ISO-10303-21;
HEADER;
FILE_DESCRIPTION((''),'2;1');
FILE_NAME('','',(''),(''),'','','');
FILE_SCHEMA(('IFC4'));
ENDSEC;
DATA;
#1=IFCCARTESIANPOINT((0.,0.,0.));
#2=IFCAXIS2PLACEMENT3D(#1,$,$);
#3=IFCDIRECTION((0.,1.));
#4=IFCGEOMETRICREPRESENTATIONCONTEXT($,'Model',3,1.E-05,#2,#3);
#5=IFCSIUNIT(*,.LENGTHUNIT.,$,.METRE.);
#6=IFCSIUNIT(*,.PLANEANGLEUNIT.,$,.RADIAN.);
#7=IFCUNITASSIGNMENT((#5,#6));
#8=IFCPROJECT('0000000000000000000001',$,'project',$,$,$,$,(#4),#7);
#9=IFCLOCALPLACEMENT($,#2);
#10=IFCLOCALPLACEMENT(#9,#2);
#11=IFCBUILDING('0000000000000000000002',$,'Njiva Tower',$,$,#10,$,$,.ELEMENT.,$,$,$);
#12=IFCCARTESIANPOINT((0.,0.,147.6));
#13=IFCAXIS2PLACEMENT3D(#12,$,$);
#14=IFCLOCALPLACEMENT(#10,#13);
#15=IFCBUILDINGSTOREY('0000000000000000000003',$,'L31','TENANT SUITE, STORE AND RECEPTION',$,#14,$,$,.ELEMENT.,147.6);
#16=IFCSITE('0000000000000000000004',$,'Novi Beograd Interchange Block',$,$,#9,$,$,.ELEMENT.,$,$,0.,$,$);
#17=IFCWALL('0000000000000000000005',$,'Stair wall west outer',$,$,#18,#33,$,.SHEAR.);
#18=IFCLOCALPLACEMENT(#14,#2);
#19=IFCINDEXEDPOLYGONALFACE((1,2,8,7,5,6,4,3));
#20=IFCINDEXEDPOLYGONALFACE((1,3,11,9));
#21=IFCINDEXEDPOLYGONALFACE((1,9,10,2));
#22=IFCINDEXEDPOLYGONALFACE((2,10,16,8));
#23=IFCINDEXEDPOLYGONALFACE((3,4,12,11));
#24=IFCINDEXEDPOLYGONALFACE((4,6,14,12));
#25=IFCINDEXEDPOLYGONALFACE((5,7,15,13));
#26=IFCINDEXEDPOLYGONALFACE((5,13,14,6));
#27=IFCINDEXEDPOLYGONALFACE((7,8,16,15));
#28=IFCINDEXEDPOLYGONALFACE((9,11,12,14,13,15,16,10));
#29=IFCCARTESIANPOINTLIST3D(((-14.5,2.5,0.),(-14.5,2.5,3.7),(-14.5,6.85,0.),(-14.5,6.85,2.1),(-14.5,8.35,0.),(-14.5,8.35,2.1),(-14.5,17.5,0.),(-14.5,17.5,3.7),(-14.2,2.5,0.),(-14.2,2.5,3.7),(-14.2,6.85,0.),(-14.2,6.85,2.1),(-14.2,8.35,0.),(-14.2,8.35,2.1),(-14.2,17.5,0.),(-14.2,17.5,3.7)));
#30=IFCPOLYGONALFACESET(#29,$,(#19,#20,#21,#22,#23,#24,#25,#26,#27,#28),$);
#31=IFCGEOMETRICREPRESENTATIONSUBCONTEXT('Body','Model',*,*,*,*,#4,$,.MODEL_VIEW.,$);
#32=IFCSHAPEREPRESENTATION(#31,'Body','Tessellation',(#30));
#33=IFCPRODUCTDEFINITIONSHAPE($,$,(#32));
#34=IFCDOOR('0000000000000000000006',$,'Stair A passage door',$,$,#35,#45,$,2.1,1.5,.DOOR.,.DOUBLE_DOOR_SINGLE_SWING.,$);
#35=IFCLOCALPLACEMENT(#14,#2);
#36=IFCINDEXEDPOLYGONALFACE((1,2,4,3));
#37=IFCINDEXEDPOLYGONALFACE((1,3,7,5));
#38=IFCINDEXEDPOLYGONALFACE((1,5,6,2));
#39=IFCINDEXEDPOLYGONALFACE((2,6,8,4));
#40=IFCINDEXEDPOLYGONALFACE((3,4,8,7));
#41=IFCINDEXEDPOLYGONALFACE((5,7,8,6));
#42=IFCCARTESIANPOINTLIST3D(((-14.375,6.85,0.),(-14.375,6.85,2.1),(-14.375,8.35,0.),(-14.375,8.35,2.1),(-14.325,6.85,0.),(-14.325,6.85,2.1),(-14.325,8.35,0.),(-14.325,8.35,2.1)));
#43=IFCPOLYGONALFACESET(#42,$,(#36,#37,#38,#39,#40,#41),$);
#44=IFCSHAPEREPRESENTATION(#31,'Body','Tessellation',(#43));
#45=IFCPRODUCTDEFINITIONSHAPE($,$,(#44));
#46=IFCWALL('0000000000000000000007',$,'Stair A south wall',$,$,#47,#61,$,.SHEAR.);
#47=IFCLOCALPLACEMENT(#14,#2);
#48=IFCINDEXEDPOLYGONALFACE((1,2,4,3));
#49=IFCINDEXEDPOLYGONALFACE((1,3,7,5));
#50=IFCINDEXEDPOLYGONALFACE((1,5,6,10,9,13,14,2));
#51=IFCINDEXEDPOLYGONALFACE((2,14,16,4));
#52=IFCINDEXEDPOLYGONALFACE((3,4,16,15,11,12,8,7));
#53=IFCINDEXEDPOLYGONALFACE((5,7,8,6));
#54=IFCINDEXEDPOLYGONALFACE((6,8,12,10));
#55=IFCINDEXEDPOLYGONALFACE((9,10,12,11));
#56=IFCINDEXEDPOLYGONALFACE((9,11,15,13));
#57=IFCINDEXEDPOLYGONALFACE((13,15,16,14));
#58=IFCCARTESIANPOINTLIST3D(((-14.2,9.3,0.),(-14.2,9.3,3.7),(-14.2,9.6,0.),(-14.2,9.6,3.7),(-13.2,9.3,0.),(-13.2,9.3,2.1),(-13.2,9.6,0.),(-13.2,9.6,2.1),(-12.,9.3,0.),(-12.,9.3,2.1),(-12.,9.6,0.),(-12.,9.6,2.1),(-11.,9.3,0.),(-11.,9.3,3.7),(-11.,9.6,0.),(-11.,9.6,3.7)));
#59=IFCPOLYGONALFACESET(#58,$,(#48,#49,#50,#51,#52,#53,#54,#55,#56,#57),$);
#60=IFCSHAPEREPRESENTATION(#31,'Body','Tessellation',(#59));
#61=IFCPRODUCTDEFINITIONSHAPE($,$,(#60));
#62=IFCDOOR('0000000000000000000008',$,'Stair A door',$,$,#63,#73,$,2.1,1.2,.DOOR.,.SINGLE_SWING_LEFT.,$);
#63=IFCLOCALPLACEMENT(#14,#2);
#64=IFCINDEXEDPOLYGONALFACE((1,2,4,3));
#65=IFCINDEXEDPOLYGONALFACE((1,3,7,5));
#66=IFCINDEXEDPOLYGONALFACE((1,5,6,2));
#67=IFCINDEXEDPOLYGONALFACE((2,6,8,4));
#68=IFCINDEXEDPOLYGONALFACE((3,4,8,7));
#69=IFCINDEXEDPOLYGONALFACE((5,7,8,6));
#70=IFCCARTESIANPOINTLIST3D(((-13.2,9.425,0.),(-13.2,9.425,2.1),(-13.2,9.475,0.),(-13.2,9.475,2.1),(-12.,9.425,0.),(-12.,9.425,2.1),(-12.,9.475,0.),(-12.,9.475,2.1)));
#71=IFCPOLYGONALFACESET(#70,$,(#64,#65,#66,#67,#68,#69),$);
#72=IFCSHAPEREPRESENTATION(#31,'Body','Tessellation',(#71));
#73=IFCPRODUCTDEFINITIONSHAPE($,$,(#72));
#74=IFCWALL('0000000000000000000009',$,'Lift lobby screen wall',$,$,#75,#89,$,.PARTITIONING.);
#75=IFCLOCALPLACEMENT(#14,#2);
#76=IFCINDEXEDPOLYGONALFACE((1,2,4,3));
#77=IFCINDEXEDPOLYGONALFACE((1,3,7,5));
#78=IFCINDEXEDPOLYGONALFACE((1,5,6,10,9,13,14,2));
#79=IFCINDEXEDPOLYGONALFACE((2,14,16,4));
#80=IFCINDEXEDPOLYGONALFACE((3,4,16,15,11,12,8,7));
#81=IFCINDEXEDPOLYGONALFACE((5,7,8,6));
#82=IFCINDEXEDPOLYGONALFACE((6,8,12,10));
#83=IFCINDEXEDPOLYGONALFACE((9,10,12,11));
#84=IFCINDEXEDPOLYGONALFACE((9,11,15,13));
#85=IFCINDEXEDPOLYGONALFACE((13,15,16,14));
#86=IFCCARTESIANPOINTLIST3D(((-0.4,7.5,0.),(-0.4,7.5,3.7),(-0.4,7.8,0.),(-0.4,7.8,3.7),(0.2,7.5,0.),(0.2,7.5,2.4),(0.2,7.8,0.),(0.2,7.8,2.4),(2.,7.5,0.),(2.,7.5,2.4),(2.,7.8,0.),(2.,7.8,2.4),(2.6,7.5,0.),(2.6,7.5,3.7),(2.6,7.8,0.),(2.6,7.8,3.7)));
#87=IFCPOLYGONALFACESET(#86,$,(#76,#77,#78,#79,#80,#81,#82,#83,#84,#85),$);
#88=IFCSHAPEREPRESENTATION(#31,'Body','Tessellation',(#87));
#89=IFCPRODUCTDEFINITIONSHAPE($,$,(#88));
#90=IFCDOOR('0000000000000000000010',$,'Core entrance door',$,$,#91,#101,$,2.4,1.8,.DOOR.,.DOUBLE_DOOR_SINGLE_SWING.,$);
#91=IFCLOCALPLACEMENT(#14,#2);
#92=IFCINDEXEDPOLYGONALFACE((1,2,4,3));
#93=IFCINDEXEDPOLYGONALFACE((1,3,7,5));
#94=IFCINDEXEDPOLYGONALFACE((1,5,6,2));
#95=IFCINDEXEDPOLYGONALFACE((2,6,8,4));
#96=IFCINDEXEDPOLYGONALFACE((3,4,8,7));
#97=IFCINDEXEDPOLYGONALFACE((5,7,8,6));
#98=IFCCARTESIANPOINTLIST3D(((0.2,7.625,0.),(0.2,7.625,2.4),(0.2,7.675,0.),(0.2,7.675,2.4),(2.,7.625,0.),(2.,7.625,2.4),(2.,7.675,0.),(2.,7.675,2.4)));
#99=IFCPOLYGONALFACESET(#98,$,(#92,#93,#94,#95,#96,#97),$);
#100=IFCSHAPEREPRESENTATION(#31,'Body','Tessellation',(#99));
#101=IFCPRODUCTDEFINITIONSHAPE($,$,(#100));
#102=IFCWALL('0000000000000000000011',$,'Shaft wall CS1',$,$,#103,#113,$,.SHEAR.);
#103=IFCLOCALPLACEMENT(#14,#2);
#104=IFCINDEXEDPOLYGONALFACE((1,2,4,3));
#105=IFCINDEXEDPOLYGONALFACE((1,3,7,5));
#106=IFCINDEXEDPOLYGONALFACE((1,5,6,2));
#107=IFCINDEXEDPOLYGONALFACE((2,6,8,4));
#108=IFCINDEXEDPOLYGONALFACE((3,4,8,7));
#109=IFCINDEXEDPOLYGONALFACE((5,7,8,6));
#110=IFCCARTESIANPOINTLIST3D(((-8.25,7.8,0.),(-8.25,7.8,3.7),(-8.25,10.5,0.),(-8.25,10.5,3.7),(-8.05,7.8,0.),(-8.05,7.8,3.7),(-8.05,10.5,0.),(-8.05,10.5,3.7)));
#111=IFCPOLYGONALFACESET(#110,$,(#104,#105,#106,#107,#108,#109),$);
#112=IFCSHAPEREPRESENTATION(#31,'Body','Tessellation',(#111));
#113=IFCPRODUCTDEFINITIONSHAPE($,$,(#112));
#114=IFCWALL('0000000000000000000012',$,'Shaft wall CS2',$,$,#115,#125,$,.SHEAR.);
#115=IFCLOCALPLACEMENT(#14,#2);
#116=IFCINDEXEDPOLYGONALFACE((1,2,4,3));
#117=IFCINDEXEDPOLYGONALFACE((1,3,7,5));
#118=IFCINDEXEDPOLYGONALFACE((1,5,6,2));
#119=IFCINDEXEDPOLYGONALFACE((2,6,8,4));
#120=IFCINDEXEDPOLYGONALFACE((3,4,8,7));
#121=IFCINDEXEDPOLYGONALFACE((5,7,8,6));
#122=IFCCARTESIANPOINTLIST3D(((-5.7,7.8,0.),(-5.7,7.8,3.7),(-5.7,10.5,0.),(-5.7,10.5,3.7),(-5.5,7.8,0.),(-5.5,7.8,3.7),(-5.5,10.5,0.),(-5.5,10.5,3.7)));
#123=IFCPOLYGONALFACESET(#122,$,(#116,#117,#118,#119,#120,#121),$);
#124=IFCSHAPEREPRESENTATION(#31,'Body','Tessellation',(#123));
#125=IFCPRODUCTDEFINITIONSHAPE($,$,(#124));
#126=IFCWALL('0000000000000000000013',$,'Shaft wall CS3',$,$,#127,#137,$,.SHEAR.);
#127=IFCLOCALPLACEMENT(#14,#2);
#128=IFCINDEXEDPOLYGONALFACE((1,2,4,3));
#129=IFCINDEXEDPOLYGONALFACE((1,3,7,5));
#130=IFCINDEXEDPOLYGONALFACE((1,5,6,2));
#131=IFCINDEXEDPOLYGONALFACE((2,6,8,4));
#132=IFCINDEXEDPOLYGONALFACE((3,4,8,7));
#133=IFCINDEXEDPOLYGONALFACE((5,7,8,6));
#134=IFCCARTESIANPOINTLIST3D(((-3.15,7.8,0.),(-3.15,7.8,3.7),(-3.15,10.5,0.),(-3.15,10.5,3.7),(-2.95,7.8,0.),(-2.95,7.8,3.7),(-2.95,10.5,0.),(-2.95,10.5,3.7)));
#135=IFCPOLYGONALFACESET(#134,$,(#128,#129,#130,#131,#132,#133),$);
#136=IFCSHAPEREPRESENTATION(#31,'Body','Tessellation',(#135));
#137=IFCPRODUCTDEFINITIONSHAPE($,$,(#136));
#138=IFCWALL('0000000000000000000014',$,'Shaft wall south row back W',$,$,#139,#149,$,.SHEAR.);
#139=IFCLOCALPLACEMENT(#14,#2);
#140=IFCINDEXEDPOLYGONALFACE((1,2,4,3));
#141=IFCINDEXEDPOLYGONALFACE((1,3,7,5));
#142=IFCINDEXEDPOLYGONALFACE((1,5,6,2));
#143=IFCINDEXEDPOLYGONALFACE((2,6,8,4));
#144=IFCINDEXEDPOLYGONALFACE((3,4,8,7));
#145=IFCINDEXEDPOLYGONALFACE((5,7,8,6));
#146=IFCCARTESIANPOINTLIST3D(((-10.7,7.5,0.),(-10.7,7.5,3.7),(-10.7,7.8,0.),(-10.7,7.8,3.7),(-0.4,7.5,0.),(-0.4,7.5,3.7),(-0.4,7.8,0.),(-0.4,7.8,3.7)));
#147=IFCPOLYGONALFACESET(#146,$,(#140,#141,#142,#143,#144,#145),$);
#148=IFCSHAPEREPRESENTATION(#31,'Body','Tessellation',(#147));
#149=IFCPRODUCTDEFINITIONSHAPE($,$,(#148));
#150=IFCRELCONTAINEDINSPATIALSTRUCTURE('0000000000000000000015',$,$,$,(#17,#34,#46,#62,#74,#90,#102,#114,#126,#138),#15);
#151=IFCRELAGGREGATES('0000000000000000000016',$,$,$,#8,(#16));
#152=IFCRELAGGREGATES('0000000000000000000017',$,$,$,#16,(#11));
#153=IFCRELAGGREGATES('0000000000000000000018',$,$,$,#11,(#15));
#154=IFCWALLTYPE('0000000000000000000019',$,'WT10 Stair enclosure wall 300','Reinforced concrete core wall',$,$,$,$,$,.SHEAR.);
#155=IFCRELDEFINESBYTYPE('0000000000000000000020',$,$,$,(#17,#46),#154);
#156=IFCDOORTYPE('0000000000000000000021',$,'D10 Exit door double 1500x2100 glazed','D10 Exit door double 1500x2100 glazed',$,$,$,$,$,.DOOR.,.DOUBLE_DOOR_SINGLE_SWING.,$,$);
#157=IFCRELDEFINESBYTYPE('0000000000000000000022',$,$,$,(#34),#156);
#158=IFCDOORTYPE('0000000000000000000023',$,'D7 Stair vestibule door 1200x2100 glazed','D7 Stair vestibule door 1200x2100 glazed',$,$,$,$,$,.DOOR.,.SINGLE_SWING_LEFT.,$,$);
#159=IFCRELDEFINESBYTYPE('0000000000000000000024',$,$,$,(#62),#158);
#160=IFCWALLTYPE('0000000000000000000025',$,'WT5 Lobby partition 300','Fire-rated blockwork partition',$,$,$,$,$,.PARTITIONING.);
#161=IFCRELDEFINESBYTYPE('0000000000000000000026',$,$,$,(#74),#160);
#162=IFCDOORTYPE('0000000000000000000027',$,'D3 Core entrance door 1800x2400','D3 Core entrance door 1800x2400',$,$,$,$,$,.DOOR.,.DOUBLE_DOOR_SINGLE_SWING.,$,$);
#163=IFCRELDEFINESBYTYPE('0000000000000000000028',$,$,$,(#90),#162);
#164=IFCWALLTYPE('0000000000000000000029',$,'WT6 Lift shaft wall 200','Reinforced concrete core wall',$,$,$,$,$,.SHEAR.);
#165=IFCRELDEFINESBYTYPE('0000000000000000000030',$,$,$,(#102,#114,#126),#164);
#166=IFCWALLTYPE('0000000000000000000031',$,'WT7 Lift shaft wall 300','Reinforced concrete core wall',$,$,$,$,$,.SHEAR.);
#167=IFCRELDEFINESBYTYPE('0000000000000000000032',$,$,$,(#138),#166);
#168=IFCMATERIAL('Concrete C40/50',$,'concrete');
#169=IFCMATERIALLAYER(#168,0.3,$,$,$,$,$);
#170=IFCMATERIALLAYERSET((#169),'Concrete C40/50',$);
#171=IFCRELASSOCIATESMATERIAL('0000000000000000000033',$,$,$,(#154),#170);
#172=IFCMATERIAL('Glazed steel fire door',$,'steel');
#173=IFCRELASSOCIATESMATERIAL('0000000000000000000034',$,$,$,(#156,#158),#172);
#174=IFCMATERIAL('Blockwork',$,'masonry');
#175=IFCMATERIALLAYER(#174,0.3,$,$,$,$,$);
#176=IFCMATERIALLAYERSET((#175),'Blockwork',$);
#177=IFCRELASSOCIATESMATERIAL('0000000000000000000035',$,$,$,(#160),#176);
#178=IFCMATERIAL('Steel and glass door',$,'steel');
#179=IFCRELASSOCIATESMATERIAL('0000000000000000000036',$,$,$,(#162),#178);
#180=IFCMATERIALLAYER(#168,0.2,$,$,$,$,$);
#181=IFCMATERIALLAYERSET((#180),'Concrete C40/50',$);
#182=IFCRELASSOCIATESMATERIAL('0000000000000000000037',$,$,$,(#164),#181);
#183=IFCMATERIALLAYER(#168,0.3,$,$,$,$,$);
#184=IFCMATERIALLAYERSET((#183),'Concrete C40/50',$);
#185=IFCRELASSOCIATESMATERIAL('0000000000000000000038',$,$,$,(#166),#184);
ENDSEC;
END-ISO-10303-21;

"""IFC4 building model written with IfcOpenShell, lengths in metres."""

from ifc_helpers import new_model, si_unit, direction, frame, frame_2d, origin, place, context, subcontext, project, spatial, rectangle, extrude, material, layer, layer_set, type_object, element, fill, save


model = new_model("IFC4")

# Units and contexts
model_context = context("Model", 3, precision=1e-05, world=origin(), true_north=direction((0.0, 1.0)))
body_context = subcontext(model_context, "Body", "Model", "MODEL_VIEW")
ifc_project = project(units=[si_unit("LENGTHUNIT", "METRE"), si_unit("PLANEANGLEUNIT", "RADIAN")], contexts=[model_context])

# Site, building, storey
site_placement = place(None, origin())
site = spatial("IfcSite", under=ifc_project, at=site_placement, Name="Novi Beograd Interchange Block", CompositionType="ELEMENT", RefElevation=0.0)
building_placement = place(site_placement, origin())
building = spatial("IfcBuilding", under=site, at=building_placement, Name="Njiva Tower", CompositionType="ELEMENT")
storey_placement = place(building_placement, frame((0.0, 0.0, 147.6)))
storey = spatial("IfcBuildingStorey", under=building, at=storey_placement, Name="L31", Description="TENANT SUITE, STORE AND RECEPTION", CompositionType="ELEMENT", Elevation=147.6)

# Shared definitions
ifc_material_1 = material(Name="Blockwork", Category="masonry")

# Shared definitions
ifc_material_2 = material(Name="Concrete C40/50", Category="concrete")
ifc_layer_1 = layer(ifc_material_2, 0.3)
ifc_layer_set_1 = layer_set([ifc_layer_1], Name="Concrete C40/50")
wall_type_1 = type_object("IfcWallType", Name="WT10 Stair enclosure wall 300", Description="Reinforced concrete core wall", PredefinedType="SHEAR", material=ifc_layer_set_1)
ifc_material_3 = material(Name="Glazed steel fire door", Category="steel")

# Walls, openings, doors
wall_1_placement = place(storey_placement, frame((-14.35, 2.5, 0.0), z_axis=(0.0, 0.0, 1.0), x_axis=(0.0, 1.0, 0.0)))
wall_1 = element("IfcWall", 1, at=wall_1_placement, inside=storey, type_object=wall_type_1, Name="Stair wall west outer", PredefinedType="SHEAR", context=body_context, shape_type="SweptSolid", body=[
    extrude(rectangle(XDim=15.0, YDim=0.3, at=frame_2d((7.5, 0.0))), origin(), (0.0, 0.0, 1.0), 3.7),
])
opening_1_placement = place(wall_1_placement, frame((4.35, 0.0, 0.0)))
opening_1 = element("IfcOpeningElement", 2, at=opening_1_placement, cuts=wall_1, PredefinedType="OPENING", context=body_context, shape_type="SweptSolid", body=[
    extrude(rectangle(XDim=1.5, YDim=2.1, at=frame_2d((0.75, 1.05))), frame((0.0, 0.16, 0.0), z_axis=(0.0, -1.0, 0.0), x_axis=(1.0, 0.0, 0.0)), (0.0, 0.0, 1.0), 0.32),
])
door_type_1 = type_object("IfcDoorType", Name="D10 Exit door double 1500x2100 glazed", Description="D10 Exit door double 1500x2100 glazed", OperationType="DOUBLE_DOOR_SINGLE_SWING", PredefinedType="DOOR", material=ifc_material_3)
door_1_placement = place(opening_1_placement, origin())
door_1 = element("IfcDoor", 3, at=door_1_placement, inside=storey, type_object=door_type_1, Name="Stair A passage door", OperationType="DOUBLE_DOOR_SINGLE_SWING", OverallHeight=2.1, OverallWidth=1.5, PredefinedType="DOOR", context=body_context, shape_type="SweptSolid", body=[
    extrude(rectangle(XDim=1.5, YDim=2.1, at=frame_2d((0.75, 1.05))), frame((0.0, 0.025, 0.0), z_axis=(0.0, -1.0, 0.0), x_axis=(1.0, 0.0, 0.0)), (0.0, 0.0, 1.0), 0.05),
])
fill(opening_1, door_1)
wall_2_placement = place(storey_placement, frame((-14.2, 9.45, 0.0), z_axis=(0.0, 0.0, 1.0), x_axis=(1.0, 0.0, 0.0)))
wall_2 = element("IfcWall", 4, at=wall_2_placement, inside=storey, type_object=wall_type_1, Name="Stair A south wall", PredefinedType="SHEAR", context=body_context, shape_type="SweptSolid", body=[
    extrude(rectangle(XDim=3.2, YDim=0.3, at=frame_2d((1.6, 0.0))), origin(), (0.0, 0.0, 1.0), 3.7),
])
opening_2_placement = place(wall_2_placement, frame((1.0, 0.0, 0.0)))
opening_2 = element("IfcOpeningElement", 5, at=opening_2_placement, cuts=wall_2, PredefinedType="OPENING", context=body_context, shape_type="SweptSolid", body=[
    extrude(rectangle(XDim=1.2, YDim=2.1, at=frame_2d((0.6, 1.05))), frame((0.0, 0.16, 0.0), z_axis=(0.0, -1.0, 0.0), x_axis=(1.0, 0.0, 0.0)), (0.0, 0.0, 1.0), 0.32),
])
door_type_2 = type_object("IfcDoorType", Name="D7 Stair vestibule door 1200x2100 glazed", Description="D7 Stair vestibule door 1200x2100 glazed", OperationType="SINGLE_SWING_LEFT", PredefinedType="DOOR", material=ifc_material_3)
door_2_placement = place(opening_2_placement, origin())
door_2 = element("IfcDoor", 6, at=door_2_placement, inside=storey, type_object=door_type_2, Name="Stair A door", OperationType="SINGLE_SWING_LEFT", OverallHeight=2.1, OverallWidth=1.2, PredefinedType="DOOR", context=body_context, shape_type="SweptSolid", body=[
    extrude(rectangle(XDim=1.2, YDim=2.1, at=frame_2d((0.6, 1.05))), frame((0.0, 0.025, 0.0), z_axis=(0.0, -1.0, 0.0), x_axis=(1.0, 0.0, 0.0)), (0.0, 0.0, 1.0), 0.05),
])
fill(opening_2, door_2)
ifc_layer_2 = layer(ifc_material_1, 0.3)
ifc_layer_set_2 = layer_set([ifc_layer_2], Name="Blockwork")
wall_type_2 = type_object("IfcWallType", Name="WT5 Lobby partition 300", Description="Fire-rated blockwork partition", PredefinedType="PARTITIONING", material=ifc_layer_set_2)
wall_3_placement = place(storey_placement, frame((-0.4, 7.65, 0.0), z_axis=(0.0, 0.0, 1.0), x_axis=(1.0, 0.0, 0.0)))
wall_3 = element("IfcWall", 7, at=wall_3_placement, inside=storey, type_object=wall_type_2, Name="Lift lobby screen wall", PredefinedType="PARTITIONING", context=body_context, shape_type="SweptSolid", body=[
    extrude(rectangle(XDim=3.0, YDim=0.3, at=frame_2d((1.5, 0.0))), origin(), (0.0, 0.0, 1.0), 3.7),
])
opening_3_placement = place(wall_3_placement, frame((0.6, 0.0, 0.0)))
opening_3 = element("IfcOpeningElement", 8, at=opening_3_placement, cuts=wall_3, PredefinedType="OPENING", context=body_context, shape_type="SweptSolid", body=[
    extrude(rectangle(XDim=1.8, YDim=2.4, at=frame_2d((0.9, 1.2))), frame((0.0, 0.16, 0.0), z_axis=(0.0, -1.0, 0.0), x_axis=(1.0, 0.0, 0.0)), (0.0, 0.0, 1.0), 0.32),
])
ifc_material_4 = material(Name="Steel and glass door", Category="steel")
door_type_3 = type_object("IfcDoorType", Name="D3 Core entrance door 1800x2400", Description="D3 Core entrance door 1800x2400", OperationType="DOUBLE_DOOR_SINGLE_SWING", PredefinedType="DOOR", material=ifc_material_4)
door_3_placement = place(opening_3_placement, origin())
door_3 = element("IfcDoor", 9, at=door_3_placement, inside=storey, type_object=door_type_3, Name="Core entrance door", OperationType="DOUBLE_DOOR_SINGLE_SWING", OverallHeight=2.4, OverallWidth=1.8, PredefinedType="DOOR", context=body_context, shape_type="SweptSolid", body=[
    extrude(rectangle(XDim=1.8, YDim=2.4, at=frame_2d((0.9, 1.2))), frame((0.0, 0.025, 0.0), z_axis=(0.0, -1.0, 0.0), x_axis=(1.0, 0.0, 0.0)), (0.0, 0.0, 1.0), 0.05),
])
fill(opening_3, door_3)

# Walls
ifc_layer_3 = layer(ifc_material_2, 0.2)
ifc_layer_set_3 = layer_set([ifc_layer_3], Name="Concrete C40/50")
wall_type_3 = type_object("IfcWallType", Name="WT6 Lift shaft wall 200", Description="Reinforced concrete core wall", PredefinedType="SHEAR", material=ifc_layer_set_3)
for number, where, z_axis, x_axis, name in (
    (10, (-8.15, 7.8, 0.0), (0.0, 0.0, 1.0), (0.0, 1.0, 0.0), "Shaft wall CS1"),
    (11, (-5.6, 7.8, 0.0), (0.0, 0.0, 1.0), (0.0, 1.0, 0.0), "Shaft wall CS2"),
    (12, (-3.05, 7.8, 0.0), (0.0, 0.0, 1.0), (0.0, 1.0, 0.0), "Shaft wall CS3"),
):
    element("IfcWall", number, at=place(storey_placement, frame(where, z_axis=z_axis, x_axis=x_axis)), inside=storey, type_object=wall_type_3, Name=name, PredefinedType="SHEAR", context=body_context, shape_type="SweptSolid", body=[
        extrude(rectangle(XDim=2.7, YDim=0.2, at=frame_2d((1.35, 0.0))), origin(), (0.0, 0.0, 1.0), 3.7),
    ])
ifc_layer_4 = layer(ifc_material_2, 0.3)
ifc_layer_set_4 = layer_set([ifc_layer_4], Name="Concrete C40/50")
wall_type_4 = type_object("IfcWallType", Name="WT7 Lift shaft wall 300", Description="Reinforced concrete core wall", PredefinedType="SHEAR", material=ifc_layer_set_4)
wall_4_placement = place(storey_placement, frame((-10.7, 7.65, 0.0), z_axis=(0.0, 0.0, 1.0), x_axis=(1.0, 0.0, 0.0)))
element("IfcWall", 13, at=wall_4_placement, inside=storey, type_object=wall_type_4, Name="Shaft wall south row back W", PredefinedType="SHEAR", context=body_context, shape_type="SweptSolid", body=[
    extrude(rectangle(XDim=10.3, YDim=0.3, at=frame_2d((5.15, 0.0))), origin(), (0.0, 0.0, 1.0), 3.7),
])

save(model, "model.ifc")
